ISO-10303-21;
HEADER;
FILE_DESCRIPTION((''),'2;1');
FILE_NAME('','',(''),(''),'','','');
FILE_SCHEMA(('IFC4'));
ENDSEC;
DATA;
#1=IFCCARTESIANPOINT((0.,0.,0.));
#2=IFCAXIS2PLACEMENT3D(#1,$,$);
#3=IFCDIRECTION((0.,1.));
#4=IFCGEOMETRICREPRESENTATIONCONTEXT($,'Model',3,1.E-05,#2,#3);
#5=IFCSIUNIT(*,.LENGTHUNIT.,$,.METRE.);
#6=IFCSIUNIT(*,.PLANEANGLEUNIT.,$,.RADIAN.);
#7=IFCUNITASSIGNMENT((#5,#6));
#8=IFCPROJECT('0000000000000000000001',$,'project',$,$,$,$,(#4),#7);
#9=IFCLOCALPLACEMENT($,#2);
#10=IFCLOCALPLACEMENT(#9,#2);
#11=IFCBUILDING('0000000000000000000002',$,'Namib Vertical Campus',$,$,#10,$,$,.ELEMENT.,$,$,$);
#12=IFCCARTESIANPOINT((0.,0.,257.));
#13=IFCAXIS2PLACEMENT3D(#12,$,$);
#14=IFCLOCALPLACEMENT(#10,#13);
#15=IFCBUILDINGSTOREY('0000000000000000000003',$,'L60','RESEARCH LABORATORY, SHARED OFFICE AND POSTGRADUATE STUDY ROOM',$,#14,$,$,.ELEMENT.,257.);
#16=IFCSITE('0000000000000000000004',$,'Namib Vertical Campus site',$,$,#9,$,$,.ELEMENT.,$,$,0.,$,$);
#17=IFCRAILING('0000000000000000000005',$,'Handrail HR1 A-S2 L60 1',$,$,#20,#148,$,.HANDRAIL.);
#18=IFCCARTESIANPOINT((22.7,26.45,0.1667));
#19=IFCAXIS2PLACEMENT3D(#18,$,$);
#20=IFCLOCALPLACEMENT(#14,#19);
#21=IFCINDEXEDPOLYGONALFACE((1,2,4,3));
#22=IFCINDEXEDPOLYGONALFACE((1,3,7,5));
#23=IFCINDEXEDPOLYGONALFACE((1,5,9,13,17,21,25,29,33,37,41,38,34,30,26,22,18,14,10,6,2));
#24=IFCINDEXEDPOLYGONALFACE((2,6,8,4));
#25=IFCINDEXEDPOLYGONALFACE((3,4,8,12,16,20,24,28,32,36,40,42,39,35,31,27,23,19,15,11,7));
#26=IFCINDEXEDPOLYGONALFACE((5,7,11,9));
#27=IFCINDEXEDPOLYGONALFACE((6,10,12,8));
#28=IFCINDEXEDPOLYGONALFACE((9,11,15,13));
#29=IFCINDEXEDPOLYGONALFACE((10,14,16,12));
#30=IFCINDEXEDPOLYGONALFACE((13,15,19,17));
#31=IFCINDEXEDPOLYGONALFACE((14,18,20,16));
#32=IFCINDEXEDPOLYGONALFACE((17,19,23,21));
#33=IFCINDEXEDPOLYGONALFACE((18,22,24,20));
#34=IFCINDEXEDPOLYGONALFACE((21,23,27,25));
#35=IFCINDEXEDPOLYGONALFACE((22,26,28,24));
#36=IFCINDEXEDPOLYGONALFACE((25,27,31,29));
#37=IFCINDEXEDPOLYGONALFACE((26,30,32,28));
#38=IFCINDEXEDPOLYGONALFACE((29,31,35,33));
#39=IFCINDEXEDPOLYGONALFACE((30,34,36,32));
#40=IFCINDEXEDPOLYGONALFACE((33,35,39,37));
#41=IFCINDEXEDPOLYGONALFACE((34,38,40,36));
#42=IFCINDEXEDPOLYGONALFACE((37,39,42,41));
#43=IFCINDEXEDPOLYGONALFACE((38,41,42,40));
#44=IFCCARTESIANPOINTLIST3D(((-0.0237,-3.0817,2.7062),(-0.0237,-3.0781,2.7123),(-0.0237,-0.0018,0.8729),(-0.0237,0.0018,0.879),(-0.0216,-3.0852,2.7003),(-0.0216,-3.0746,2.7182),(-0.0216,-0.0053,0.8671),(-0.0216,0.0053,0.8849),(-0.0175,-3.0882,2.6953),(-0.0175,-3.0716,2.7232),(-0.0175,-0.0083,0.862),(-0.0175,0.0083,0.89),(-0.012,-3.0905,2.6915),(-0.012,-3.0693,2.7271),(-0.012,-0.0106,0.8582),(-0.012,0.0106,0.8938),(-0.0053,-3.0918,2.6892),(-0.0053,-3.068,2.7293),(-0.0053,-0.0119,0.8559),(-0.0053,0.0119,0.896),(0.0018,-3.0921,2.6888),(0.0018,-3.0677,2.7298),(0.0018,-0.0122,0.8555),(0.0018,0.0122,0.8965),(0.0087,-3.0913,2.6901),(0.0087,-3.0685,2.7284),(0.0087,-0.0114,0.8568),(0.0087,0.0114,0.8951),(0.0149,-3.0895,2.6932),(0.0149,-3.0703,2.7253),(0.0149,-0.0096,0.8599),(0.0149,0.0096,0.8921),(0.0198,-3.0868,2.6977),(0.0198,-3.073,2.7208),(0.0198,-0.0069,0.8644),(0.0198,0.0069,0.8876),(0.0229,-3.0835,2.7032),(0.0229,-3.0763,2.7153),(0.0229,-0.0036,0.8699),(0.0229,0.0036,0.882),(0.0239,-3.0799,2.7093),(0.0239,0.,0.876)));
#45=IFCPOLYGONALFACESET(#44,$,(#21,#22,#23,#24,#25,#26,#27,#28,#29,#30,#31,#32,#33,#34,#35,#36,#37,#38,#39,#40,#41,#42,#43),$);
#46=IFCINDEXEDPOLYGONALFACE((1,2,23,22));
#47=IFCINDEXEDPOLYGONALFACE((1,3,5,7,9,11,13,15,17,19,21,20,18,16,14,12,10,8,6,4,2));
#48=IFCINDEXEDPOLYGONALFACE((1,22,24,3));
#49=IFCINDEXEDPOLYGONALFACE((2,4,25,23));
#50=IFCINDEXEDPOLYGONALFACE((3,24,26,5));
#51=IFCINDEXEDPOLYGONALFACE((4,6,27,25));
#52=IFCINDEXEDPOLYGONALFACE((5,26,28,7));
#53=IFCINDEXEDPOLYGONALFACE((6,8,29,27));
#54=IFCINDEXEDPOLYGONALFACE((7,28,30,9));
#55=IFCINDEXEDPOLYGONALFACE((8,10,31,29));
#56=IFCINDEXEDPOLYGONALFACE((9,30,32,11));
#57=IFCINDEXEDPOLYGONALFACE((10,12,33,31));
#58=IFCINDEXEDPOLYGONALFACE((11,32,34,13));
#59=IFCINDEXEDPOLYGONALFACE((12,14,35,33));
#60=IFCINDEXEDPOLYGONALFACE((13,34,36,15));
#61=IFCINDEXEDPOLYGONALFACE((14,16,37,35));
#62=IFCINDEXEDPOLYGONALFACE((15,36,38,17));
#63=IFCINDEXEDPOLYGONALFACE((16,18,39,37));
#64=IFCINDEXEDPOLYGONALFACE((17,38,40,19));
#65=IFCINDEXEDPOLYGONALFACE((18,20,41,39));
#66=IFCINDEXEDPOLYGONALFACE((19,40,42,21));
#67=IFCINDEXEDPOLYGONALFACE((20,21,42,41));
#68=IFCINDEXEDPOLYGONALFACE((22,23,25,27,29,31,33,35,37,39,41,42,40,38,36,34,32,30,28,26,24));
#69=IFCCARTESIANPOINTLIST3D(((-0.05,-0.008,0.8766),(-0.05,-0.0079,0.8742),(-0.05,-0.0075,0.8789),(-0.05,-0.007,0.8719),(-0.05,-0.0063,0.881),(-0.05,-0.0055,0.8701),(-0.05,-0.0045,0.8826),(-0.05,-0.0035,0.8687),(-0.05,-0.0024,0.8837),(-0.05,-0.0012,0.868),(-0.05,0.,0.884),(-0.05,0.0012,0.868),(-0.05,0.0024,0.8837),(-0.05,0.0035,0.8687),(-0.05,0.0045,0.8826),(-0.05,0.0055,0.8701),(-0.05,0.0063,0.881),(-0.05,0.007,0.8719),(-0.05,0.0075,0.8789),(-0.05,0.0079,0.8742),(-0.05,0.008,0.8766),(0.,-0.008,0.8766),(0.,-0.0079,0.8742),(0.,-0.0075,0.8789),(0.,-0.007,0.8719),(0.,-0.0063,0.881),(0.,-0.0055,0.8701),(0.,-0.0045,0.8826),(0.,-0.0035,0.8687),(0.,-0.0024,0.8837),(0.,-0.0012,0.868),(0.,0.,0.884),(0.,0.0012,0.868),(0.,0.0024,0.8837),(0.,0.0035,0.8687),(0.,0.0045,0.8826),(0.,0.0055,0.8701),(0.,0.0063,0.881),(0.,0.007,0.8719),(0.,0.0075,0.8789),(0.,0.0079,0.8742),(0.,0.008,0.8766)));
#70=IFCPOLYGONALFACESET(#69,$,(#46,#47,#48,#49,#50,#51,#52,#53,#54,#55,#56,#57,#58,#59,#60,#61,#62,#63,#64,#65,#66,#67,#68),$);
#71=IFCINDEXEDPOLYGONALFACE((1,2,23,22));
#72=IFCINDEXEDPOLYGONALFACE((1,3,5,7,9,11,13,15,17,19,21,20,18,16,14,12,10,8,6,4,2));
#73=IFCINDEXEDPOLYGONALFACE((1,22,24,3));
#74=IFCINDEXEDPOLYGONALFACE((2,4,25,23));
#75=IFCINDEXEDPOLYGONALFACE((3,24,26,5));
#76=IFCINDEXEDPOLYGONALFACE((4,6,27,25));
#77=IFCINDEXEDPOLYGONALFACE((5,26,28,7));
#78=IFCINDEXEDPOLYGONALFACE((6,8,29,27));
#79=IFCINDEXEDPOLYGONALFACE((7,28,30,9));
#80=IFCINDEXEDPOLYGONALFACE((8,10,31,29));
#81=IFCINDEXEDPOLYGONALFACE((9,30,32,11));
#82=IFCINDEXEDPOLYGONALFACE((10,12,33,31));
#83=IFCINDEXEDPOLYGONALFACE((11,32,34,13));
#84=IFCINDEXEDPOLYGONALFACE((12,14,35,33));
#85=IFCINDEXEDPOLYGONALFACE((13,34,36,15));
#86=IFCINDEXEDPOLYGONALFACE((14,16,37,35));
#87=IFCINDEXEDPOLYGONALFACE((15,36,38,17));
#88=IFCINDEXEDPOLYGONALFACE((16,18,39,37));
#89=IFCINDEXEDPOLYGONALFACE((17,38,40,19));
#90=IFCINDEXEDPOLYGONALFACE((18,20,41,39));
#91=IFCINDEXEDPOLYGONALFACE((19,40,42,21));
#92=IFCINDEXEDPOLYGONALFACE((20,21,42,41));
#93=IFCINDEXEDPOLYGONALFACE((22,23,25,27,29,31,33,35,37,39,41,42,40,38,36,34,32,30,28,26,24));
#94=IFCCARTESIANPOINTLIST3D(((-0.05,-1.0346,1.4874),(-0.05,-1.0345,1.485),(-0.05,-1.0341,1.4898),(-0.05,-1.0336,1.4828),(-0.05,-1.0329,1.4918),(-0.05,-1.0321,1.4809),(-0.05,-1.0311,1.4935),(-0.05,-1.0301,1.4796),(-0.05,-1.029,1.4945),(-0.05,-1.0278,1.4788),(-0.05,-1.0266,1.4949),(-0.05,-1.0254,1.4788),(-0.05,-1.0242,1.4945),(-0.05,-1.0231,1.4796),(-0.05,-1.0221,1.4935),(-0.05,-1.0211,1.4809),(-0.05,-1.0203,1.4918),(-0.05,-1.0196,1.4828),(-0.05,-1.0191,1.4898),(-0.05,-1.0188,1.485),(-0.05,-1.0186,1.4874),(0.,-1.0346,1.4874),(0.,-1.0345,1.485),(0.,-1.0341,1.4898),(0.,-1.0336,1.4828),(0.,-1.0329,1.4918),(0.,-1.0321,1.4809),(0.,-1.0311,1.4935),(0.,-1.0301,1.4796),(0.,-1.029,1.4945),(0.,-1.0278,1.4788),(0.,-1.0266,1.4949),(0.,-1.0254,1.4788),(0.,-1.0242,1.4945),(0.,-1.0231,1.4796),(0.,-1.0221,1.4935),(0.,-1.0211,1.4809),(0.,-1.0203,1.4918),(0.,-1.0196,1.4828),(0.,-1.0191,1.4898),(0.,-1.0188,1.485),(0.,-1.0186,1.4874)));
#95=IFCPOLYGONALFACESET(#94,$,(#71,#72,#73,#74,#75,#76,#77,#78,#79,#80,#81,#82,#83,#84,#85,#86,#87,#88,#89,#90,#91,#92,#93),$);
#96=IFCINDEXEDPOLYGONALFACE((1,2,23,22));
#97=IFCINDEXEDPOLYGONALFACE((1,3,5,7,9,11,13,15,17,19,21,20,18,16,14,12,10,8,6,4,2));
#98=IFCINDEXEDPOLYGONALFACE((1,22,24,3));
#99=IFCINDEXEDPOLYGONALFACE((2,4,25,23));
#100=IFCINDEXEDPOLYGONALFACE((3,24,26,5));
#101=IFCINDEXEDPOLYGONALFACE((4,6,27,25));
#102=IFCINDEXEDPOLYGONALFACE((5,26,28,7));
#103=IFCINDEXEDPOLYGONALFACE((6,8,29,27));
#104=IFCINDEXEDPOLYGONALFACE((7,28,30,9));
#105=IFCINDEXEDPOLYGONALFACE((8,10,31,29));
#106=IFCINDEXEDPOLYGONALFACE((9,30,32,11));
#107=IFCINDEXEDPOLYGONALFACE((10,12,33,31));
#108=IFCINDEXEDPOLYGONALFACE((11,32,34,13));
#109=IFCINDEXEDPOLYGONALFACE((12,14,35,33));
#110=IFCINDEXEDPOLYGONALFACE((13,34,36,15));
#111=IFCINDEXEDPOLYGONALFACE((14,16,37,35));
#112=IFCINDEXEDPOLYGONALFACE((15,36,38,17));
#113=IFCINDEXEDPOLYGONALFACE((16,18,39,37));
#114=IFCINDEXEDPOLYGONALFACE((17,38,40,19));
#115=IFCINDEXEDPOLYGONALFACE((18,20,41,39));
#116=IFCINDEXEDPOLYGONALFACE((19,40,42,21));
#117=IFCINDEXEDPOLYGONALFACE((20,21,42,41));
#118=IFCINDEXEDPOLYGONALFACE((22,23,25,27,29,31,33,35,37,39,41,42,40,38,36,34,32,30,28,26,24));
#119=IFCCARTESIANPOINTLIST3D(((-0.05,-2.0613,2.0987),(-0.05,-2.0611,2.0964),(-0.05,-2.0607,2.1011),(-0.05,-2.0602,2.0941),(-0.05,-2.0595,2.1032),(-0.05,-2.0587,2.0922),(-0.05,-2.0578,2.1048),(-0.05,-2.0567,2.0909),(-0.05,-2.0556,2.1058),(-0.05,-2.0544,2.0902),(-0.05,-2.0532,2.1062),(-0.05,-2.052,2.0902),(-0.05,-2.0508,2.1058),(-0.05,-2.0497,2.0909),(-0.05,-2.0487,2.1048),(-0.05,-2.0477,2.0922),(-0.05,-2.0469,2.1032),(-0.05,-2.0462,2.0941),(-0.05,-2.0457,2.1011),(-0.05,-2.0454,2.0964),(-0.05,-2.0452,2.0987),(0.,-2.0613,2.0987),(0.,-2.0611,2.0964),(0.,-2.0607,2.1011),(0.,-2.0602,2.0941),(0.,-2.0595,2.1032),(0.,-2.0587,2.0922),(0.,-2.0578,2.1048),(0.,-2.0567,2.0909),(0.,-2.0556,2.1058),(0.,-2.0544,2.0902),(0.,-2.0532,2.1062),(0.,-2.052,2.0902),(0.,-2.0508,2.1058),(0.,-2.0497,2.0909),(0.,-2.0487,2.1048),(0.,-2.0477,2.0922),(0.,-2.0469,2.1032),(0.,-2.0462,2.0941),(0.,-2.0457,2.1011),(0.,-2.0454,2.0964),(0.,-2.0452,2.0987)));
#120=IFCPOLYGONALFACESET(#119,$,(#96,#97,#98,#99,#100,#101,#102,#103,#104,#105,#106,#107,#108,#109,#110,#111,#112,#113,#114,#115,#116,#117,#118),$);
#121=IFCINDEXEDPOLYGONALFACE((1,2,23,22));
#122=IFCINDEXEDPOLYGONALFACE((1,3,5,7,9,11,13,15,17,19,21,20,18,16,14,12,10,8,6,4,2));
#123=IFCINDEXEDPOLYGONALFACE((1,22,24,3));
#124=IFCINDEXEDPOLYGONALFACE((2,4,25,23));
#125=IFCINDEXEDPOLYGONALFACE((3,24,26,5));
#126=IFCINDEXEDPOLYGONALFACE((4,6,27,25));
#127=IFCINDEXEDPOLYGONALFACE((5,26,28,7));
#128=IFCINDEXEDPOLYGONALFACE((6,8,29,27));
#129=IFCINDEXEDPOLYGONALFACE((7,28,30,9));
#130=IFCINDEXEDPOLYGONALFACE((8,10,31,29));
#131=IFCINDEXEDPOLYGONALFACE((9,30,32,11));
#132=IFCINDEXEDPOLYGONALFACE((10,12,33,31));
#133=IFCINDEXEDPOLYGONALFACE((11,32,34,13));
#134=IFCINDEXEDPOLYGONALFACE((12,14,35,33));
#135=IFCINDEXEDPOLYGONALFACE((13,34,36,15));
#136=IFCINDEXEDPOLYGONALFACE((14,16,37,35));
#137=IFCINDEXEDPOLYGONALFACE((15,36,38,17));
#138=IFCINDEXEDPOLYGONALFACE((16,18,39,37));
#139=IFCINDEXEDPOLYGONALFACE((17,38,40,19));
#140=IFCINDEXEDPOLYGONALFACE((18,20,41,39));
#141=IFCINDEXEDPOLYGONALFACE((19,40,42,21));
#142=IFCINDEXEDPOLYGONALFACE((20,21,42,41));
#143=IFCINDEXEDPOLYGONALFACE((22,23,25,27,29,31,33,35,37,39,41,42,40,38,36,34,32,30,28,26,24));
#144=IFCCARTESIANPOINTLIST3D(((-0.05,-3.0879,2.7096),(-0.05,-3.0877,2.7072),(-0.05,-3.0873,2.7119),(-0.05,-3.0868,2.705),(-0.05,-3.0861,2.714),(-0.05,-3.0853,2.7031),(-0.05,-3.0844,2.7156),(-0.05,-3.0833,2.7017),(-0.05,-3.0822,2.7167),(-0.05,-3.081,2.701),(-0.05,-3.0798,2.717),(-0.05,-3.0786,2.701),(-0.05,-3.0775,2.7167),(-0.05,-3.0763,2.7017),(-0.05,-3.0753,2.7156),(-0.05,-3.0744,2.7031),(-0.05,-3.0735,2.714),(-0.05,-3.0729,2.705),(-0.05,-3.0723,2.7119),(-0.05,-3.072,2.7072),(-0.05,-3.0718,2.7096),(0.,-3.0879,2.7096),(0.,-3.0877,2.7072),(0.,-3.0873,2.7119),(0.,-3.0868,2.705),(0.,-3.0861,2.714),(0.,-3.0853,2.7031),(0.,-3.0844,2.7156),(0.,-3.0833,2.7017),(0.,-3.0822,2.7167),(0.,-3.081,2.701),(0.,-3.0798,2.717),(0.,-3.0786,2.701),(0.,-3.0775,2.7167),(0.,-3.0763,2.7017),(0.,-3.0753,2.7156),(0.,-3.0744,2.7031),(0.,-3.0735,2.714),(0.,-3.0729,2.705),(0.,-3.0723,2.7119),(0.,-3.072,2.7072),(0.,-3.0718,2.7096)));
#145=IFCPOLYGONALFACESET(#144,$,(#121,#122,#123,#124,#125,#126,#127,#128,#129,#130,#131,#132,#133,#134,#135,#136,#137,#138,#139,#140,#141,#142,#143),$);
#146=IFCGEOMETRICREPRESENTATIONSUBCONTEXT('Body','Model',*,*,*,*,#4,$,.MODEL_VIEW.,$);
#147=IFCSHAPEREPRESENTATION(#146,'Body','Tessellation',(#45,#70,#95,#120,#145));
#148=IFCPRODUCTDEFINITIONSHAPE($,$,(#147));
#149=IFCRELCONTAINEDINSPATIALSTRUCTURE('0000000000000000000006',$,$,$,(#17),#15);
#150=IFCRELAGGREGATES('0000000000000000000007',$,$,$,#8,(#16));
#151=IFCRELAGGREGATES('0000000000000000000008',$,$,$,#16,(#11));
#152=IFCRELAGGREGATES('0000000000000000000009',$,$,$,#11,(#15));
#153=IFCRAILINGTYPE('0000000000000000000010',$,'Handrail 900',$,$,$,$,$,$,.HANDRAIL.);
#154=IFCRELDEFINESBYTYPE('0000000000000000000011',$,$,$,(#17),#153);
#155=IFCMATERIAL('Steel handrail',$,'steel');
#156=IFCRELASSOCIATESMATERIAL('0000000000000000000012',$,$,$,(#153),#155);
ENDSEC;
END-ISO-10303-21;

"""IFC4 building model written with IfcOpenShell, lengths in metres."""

from ifc_helpers import new_model, si_unit, direction, frame, origin, origin_2d, place, context, subcontext, project, spatial, circle, extrude, material, type_object, element, save


model = new_model("IFC4")

# Units and contexts
model_context = context("Model", 3, precision=1e-05, world=origin(), true_north=direction((0.0, 1.0)))
body_context = subcontext(model_context, "Body", "Model", "MODEL_VIEW")
ifc_project = project(units=[si_unit("LENGTHUNIT", "METRE"), si_unit("PLANEANGLEUNIT", "RADIAN")], contexts=[model_context])

# Site, building, storey
site_placement = place(None, origin())
site = spatial("IfcSite", under=ifc_project, at=site_placement, Name="Namib Vertical Campus site", CompositionType="ELEMENT", RefElevation=0.0)
building_placement = place(site_placement, origin())
building = spatial("IfcBuilding", under=site, at=building_placement, Name="Namib Vertical Campus", CompositionType="ELEMENT")
storey_placement = place(building_placement, frame((0.0, 0.0, 257.0)))
storey = spatial("IfcBuildingStorey", under=building, at=storey_placement, Name="L60", Description="RESEARCH LABORATORY, SHARED OFFICE AND POSTGRADUATE STUDY ROOM", CompositionType="ELEMENT", Elevation=257.0)

# Railing
ifc_material_1 = material(Name="Steel handrail", Category="steel")
railing_type_1 = type_object("IfcRailingType", Name="Handrail 900", PredefinedType="HANDRAIL", material=ifc_material_1)
railing_1_placement = place(storey_placement, frame((22.7, 26.45, 0.1667)))
element("IfcRailing", 1, at=railing_1_placement, inside=storey, type_object=railing_type_1, Name="Handrail HR1 A-S2 L60 1", PredefinedType="HANDRAIL", context=body_context, shape_type="SweptSolid", body=[
    extrude(circle(Radius=0.0239, at=origin_2d()), frame((0.0, 0.0, 0.876), z_axis=(0.0, -0.859291, 0.511487), x_axis=(1.0, 0.0, 0.0)), (0.0, 0.0, 1.0), 3.5842),
    extrude(circle(Radius=0.0081, at=origin_2d()), frame((0.0, 0.0, 0.876), z_axis=(-1.0, 0.0, 0.0), x_axis=(0.0, 0.0, 1.0)), (0.0, 0.0, 1.0), 0.05),
    extrude(circle(Radius=0.0081, at=origin_2d()), frame((0.0, -1.0266, 1.4868), z_axis=(-1.0, 0.0, 0.0), x_axis=(0.0, 0.0, 1.0)), (0.0, 0.0, 1.0), 0.05),
    extrude(circle(Radius=0.0081, at=origin_2d()), frame((0.0, -2.0532, 2.0981), z_axis=(-1.0, 0.0, 0.0), x_axis=(0.0, 0.0, 1.0)), (0.0, 0.0, 1.0), 0.05),
    extrude(circle(Radius=0.0081, at=origin_2d()), frame((0.0, -3.0798, 2.709), z_axis=(-1.0, 0.0, 0.0), x_axis=(0.0, 0.0, 1.0)), (0.0, 0.0, 1.0), 0.05),
])

save(model, "model.ifc")
